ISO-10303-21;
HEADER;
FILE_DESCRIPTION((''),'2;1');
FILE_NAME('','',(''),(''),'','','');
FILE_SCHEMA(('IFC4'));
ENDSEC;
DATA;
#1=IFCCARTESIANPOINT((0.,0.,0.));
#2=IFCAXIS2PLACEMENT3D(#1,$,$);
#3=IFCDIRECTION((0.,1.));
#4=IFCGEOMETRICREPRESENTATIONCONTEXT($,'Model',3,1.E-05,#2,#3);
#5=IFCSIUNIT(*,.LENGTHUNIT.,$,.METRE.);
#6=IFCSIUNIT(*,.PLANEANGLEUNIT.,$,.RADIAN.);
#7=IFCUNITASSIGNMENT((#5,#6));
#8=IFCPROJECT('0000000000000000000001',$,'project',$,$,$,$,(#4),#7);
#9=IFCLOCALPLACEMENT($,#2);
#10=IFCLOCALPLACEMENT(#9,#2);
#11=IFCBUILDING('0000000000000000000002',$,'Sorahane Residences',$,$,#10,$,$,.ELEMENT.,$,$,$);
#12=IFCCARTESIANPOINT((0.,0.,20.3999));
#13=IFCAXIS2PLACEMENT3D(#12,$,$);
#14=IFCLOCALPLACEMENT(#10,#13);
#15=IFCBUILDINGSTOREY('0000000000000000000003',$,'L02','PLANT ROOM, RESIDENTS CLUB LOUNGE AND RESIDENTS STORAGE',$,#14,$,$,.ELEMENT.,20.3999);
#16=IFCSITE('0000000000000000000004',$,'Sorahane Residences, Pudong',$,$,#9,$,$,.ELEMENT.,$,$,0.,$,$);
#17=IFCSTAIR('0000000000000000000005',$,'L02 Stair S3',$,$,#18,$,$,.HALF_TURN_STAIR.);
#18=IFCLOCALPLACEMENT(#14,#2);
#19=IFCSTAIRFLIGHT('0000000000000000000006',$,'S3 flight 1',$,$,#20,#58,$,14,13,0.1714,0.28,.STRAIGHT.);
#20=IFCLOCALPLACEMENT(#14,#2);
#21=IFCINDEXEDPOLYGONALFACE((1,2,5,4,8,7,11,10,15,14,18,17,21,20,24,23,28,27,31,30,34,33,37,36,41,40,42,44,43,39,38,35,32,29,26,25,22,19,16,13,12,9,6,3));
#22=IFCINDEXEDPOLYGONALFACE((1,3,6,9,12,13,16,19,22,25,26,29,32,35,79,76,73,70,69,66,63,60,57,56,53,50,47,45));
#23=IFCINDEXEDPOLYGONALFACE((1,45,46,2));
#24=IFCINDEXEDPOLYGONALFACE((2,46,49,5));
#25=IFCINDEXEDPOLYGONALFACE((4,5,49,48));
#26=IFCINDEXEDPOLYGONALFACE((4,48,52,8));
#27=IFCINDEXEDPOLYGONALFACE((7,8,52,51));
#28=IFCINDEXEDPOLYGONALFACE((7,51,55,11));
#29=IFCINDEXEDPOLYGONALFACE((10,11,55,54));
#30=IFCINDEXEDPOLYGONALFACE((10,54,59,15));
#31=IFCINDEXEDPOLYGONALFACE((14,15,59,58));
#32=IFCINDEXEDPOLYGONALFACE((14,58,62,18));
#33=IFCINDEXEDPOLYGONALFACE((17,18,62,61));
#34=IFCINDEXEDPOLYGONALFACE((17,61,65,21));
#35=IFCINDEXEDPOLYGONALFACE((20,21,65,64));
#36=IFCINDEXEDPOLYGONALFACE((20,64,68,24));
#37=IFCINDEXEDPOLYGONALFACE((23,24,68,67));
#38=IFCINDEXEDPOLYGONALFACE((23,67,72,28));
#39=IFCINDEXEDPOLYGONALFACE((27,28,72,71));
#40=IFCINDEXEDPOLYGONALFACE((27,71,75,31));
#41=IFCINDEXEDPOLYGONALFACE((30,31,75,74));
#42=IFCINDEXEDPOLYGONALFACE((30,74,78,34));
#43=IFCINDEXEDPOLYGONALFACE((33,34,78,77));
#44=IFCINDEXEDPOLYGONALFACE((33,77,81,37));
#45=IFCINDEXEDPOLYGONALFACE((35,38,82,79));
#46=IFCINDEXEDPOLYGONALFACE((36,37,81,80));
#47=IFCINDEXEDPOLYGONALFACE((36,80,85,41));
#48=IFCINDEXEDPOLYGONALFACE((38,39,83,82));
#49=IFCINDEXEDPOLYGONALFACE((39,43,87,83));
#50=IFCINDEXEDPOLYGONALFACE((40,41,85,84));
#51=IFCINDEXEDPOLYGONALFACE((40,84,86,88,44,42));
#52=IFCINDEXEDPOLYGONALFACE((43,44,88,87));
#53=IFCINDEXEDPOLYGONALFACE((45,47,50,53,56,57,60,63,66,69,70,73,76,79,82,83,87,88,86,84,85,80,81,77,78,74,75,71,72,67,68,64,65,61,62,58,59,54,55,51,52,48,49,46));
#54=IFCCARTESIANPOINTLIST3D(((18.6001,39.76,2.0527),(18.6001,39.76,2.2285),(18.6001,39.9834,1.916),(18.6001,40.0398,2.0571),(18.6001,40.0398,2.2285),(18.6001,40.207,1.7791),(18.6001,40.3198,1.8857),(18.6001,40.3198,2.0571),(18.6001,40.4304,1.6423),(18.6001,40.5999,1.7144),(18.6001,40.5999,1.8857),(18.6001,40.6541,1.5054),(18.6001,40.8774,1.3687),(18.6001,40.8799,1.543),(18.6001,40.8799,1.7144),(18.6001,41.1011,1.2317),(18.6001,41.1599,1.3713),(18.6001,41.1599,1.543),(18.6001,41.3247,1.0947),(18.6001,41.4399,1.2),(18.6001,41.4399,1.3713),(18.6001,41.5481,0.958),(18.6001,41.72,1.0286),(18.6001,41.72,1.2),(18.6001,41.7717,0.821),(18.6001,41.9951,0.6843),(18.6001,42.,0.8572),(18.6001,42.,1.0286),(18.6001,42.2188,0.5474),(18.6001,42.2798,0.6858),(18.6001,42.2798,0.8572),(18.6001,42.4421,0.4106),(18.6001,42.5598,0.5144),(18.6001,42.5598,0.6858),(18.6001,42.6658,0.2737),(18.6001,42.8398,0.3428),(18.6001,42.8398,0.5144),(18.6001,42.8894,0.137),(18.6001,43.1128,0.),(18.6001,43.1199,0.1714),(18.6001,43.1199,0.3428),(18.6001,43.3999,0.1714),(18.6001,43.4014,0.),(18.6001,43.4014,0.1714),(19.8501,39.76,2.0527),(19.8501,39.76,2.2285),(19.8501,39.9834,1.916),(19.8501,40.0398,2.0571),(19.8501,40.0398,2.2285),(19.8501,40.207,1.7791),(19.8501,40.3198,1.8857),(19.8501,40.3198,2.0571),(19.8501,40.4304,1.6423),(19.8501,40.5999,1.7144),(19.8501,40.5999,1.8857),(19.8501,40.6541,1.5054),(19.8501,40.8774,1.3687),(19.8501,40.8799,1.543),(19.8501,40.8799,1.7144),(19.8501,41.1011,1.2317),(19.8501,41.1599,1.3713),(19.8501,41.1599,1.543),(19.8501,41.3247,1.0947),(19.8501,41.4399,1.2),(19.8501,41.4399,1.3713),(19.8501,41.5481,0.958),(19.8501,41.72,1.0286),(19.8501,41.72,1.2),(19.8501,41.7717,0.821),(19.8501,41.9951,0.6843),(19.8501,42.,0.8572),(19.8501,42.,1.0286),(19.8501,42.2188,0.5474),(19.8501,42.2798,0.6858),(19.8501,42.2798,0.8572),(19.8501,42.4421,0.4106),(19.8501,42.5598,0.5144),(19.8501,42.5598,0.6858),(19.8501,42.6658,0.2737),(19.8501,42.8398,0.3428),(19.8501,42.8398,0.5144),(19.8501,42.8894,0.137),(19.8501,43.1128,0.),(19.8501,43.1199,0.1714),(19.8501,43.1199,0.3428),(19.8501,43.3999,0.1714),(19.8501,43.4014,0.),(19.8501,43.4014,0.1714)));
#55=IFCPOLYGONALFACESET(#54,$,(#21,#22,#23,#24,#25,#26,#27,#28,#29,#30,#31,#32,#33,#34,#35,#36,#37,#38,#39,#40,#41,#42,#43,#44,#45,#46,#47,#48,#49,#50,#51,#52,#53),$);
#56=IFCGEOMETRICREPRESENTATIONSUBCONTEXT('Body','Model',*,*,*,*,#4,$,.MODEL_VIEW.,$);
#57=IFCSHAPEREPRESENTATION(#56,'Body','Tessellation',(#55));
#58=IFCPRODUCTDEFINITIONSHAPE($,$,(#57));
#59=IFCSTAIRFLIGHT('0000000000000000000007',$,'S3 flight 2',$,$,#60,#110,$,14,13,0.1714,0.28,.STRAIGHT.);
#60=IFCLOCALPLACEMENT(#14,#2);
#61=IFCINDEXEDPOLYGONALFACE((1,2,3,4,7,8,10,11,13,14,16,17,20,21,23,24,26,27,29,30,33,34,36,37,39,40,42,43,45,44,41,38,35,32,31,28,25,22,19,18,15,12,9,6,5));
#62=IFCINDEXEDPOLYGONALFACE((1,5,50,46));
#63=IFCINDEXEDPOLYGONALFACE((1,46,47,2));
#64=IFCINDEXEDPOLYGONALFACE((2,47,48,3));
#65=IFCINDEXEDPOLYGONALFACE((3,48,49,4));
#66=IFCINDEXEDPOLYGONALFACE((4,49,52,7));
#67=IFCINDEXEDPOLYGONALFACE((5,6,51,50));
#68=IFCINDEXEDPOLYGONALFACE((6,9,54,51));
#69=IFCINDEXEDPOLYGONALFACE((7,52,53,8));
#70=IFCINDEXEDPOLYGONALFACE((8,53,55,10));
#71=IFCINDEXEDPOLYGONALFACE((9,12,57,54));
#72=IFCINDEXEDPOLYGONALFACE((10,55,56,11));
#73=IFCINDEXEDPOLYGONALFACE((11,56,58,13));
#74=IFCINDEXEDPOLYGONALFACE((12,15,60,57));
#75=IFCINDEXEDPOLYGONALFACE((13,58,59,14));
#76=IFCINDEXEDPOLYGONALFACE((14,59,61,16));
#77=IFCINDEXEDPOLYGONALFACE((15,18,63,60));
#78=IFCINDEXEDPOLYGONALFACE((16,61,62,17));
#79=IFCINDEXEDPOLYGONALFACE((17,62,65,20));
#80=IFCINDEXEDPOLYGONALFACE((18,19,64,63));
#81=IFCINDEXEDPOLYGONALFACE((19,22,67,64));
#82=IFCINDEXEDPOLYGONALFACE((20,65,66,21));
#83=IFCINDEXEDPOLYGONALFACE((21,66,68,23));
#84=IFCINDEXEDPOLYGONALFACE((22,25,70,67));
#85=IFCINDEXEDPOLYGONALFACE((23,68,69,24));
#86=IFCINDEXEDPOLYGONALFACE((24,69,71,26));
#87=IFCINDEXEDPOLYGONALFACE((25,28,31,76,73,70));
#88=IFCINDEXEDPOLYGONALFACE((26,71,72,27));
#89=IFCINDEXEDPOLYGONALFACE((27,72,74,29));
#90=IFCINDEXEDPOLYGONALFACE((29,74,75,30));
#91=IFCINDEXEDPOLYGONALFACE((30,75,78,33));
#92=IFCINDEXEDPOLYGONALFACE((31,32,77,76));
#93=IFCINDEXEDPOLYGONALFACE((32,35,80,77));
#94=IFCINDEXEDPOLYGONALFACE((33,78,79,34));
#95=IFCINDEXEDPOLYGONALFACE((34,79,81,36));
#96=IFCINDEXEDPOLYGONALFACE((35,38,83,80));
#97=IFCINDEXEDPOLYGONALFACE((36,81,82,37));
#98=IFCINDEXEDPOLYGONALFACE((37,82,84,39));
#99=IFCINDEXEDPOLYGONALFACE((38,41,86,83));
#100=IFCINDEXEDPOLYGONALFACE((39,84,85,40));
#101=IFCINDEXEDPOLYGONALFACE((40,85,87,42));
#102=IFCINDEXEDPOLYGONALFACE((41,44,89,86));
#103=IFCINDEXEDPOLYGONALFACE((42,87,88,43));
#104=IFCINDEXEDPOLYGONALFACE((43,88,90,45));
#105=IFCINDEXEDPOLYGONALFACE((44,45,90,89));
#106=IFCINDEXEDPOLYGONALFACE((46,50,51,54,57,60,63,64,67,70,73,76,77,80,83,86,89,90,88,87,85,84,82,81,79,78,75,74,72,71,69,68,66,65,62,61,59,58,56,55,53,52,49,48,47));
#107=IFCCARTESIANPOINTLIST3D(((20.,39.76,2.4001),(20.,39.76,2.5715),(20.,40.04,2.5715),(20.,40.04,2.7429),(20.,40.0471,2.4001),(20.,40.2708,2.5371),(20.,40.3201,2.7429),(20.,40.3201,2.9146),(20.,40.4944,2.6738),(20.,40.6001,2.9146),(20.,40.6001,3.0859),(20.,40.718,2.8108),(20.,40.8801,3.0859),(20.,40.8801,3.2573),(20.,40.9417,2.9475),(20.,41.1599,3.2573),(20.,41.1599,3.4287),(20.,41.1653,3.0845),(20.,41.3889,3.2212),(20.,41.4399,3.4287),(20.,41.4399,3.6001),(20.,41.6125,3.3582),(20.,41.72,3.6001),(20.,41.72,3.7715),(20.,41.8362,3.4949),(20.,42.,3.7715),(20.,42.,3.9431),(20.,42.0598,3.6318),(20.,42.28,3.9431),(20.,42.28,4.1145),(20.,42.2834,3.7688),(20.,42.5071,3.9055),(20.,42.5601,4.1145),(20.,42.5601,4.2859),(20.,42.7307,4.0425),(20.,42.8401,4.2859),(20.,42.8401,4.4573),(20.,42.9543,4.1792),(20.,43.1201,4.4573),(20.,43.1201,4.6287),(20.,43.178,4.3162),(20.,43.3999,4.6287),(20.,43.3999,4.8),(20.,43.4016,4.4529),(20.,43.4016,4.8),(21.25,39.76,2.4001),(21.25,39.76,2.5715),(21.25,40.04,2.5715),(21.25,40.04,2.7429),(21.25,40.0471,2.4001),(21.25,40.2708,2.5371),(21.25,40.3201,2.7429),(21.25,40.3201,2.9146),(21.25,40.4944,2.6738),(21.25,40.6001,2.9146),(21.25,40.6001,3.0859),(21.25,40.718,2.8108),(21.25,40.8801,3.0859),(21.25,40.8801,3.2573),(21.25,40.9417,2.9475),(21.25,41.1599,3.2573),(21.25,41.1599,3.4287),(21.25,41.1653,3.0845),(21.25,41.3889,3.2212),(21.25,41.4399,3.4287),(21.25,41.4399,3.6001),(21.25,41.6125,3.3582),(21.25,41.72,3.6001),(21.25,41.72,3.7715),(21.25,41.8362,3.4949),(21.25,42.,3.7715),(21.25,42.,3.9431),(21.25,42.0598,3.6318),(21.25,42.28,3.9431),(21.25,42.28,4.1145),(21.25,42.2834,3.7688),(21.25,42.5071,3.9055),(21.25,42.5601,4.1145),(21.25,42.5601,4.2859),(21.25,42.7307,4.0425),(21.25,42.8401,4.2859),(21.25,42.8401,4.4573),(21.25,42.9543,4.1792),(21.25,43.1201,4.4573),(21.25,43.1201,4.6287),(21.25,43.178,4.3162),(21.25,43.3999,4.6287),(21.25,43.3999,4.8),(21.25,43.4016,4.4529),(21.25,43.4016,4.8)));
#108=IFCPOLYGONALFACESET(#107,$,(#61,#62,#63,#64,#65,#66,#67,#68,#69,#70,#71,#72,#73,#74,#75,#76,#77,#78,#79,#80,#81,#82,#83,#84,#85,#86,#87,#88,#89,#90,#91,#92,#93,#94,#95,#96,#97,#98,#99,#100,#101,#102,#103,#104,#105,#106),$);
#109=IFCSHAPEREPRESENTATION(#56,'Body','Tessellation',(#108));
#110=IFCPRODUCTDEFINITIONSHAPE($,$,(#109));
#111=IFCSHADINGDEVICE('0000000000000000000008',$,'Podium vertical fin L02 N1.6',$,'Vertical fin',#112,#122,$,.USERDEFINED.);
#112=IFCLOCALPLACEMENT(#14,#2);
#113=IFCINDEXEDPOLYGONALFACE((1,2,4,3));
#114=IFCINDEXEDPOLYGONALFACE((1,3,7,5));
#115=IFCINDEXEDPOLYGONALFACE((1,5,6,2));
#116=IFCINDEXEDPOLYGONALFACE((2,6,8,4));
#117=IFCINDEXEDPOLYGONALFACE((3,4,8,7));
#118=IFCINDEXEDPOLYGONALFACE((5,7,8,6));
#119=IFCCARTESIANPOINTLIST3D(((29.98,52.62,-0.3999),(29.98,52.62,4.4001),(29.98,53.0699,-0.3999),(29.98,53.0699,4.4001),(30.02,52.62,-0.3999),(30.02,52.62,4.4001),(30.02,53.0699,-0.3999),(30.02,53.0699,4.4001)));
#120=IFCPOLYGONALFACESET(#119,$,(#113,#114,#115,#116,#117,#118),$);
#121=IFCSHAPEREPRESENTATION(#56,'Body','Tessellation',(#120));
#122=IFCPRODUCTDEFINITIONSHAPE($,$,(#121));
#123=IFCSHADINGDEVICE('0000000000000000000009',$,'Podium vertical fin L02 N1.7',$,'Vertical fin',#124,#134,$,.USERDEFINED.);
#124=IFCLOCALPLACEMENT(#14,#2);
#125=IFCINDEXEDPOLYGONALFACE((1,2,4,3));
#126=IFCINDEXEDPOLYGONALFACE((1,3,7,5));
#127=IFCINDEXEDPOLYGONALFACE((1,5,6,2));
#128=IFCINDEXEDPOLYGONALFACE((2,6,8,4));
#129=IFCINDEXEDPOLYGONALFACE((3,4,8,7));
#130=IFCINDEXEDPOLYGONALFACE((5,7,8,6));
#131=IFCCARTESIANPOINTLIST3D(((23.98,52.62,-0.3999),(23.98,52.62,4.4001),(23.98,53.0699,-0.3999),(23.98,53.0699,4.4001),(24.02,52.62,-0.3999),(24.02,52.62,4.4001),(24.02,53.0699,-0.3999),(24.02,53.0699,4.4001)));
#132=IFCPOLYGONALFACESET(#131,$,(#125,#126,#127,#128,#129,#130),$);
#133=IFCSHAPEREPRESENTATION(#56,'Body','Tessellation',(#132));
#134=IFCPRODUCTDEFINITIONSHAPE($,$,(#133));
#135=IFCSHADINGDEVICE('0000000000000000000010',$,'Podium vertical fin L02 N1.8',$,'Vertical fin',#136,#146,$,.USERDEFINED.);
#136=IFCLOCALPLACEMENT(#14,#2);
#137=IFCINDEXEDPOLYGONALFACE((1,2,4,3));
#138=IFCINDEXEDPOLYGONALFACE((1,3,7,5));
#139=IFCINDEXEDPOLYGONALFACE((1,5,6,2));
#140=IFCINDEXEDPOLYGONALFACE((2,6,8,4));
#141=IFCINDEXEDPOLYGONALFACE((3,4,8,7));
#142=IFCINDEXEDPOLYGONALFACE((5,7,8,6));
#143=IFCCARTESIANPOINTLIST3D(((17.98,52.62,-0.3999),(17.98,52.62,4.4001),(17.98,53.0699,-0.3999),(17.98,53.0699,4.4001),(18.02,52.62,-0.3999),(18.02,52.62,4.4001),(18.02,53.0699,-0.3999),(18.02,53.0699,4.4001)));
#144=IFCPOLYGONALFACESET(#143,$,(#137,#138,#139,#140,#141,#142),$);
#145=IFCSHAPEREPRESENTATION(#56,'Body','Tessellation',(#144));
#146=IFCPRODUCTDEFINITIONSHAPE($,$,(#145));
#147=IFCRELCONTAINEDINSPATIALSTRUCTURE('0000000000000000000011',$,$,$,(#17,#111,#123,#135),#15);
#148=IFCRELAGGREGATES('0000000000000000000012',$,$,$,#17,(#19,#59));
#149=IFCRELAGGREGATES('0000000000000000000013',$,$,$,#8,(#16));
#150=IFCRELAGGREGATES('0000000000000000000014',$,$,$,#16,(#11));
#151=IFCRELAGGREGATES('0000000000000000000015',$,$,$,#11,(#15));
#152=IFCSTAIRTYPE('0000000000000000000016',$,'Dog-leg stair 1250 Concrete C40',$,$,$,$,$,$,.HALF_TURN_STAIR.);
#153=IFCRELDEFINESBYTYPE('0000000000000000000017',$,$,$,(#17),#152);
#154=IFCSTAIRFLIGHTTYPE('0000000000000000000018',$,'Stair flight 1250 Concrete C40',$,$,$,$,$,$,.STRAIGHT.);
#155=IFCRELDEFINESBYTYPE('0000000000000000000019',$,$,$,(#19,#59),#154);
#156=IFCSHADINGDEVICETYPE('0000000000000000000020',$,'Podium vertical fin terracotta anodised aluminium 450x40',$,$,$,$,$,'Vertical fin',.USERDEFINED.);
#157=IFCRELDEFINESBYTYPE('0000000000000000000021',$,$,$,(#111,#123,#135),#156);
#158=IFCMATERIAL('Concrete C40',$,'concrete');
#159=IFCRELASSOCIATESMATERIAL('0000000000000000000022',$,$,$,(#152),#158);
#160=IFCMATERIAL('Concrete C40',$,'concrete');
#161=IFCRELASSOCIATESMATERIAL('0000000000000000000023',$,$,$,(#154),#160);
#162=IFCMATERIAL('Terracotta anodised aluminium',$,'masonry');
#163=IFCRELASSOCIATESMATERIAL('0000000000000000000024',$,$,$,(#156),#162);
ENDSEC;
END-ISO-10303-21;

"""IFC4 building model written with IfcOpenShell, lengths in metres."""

from ifc_helpers import new_model, si_unit, direction, frame, origin, origin_2d, place, context, subcontext, project, spatial, polyline, rectangle, outline, extrude, material, material_profile, profile_set, type_object, element, aggregate, save


model = new_model("IFC4")

# Units and contexts
model_context = context("Model", 3, precision=1e-05, world=origin(), true_north=direction((0.0, 1.0)))
body_context = subcontext(model_context, "Body", "Model", "MODEL_VIEW")
ifc_project = project(units=[si_unit("LENGTHUNIT", "METRE"), si_unit("PLANEANGLEUNIT", "RADIAN")], contexts=[model_context])

# Site, building, storey
site_placement = place(None, origin())
site = spatial("IfcSite", under=ifc_project, at=site_placement, Name="Sorahane Residences, Pudong", CompositionType="ELEMENT", RefElevation=0.0)
building_placement = place(site_placement, origin())
building = spatial("IfcBuilding", under=site, at=building_placement, Name="Sorahane Residences", CompositionType="ELEMENT")
storey_placement = place(building_placement, frame((0.0, 0.0, 20.3999)))
storey = spatial("IfcBuildingStorey", under=building, at=storey_placement, Name="L02", Description="PLANT ROOM, RESIDENTS CLUB LOUNGE AND RESIDENTS STORAGE", CompositionType="ELEMENT", Elevation=20.3999)

# Stair, stair flights
ifc_material_1 = material(Name="Concrete C40", Category="concrete")
stair_type = type_object("IfcStairType", Name="Dog-leg stair 1250 Concrete C40", PredefinedType="HALF_TURN_STAIR", material=ifc_material_1)
stair_placement = place(storey_placement, origin())
stair = element("IfcStair", 1, at=stair_placement, inside=storey, type_object=stair_type, Name="L02 Stair S3", PredefinedType="HALF_TURN_STAIR")
ifc_material_2 = material(Name="Concrete C40", Category="concrete")
stair_flight_type = type_object("IfcStairFlightType", Name="Stair flight 1250 Concrete C40", PredefinedType="STRAIGHT", material=ifc_material_2)
stair_flight_1_placement = place(storey_placement, frame((19.2251, 43.3999, 0.0), z_axis=(0.0, 0.0, 1.0), x_axis=(0.0, -1.0, 0.0)))
stair_flight_1 = element("IfcStairFlight", 2, at=stair_flight_1_placement, type_object=stair_flight_type, Name="S3 flight 1", NumberOfRisers=14, NumberOfTreads=13, PredefinedType="STRAIGHT", RiserHeight=0.1714, TreadLength=0.28, context=body_context, shape_type="SweptSolid", body=[
    extrude(outline(polyline([(-0.0015, 0.0), (-0.0015, 0.1714), (0.0, 0.1714), (0.28, 0.1714), (0.28, 0.3428), (0.5601, 0.3428), (0.5601, 0.5144), (0.8401, 0.5144), (0.8401, 0.6858), (1.1201, 0.6858), (1.1201, 0.8572), (1.3999, 0.8572), (1.3999, 1.0286), (1.6799, 1.0286), (1.6799, 1.2), (1.96, 1.2), (1.96, 1.3713), (2.24, 1.3713), (2.24, 1.543), (2.52, 1.543), (2.52, 1.7144), (2.8, 1.7144), (2.8, 1.8857), (3.0801, 1.8857), (3.0801, 2.0571), (3.3601, 2.0571), (3.3601, 2.2285), (3.6399, 2.2285), (3.6399, 2.3999), (3.6399, 2.0527), (3.4165, 1.916), (3.1929, 1.7791), (2.9695, 1.6423), (2.7458, 1.5054), (2.5225, 1.3687), (2.2988, 1.2317), (2.0752, 1.0947), (1.8518, 0.958), (1.6282, 0.821), (1.4048, 0.6843), (1.1812, 0.5474), (0.9578, 0.4106), (0.7341, 0.2737), (0.5105, 0.137), (0.2871, 0.0), (-0.0015, 0.0)])), frame((0.0, 0.625, 0.0), z_axis=(0.0, -1.0, 0.0), x_axis=(1.0, 0.0, 0.0)), (0.0, 0.0, 1.0), 1.25),
])
stair_flight_2_placement = place(storey_placement, frame((20.625, 39.76, 2.4001), z_axis=(0.0, 0.0, 1.0), x_axis=(0.0, 1.0, 0.0)))
stair_flight_2 = element("IfcStairFlight", 3, at=stair_flight_2_placement, type_object=stair_flight_type, Name="S3 flight 2", NumberOfRisers=14, NumberOfTreads=13, PredefinedType="STRAIGHT", RiserHeight=0.1714, TreadLength=0.28, context=body_context, shape_type="SweptSolid", body=[
    extrude(outline(polyline([(0.0, 0.0), (0.0, 0.1714), (0.28, 0.1714), (0.28, 0.3428), (0.5601, 0.3428), (0.5601, 0.5144), (0.8401, 0.5144), (0.8401, 0.6858), (1.1201, 0.6858), (1.1201, 0.8572), (1.3999, 0.8572), (1.3999, 1.0286), (1.6799, 1.0286), (1.6799, 1.2), (1.96, 1.2), (1.96, 1.3713), (2.24, 1.3713), (2.24, 1.543), (2.52, 1.543), (2.52, 1.7144), (2.8, 1.7144), (2.8, 1.8857), (3.0801, 1.8857), (3.0801, 2.0571), (3.3601, 2.0571), (3.3601, 2.2285), (3.6399, 2.2285), (3.6399, 2.3999), (3.6416, 2.3999), (3.6416, 2.0527), (3.418, 1.916), (3.1943, 1.7791), (2.9707, 1.6423), (2.7471, 1.5054), (2.5234, 1.3687), (2.2998, 1.2317), (2.0762, 1.0947), (1.8525, 0.958), (1.6289, 0.821), (1.4053, 0.6843), (1.1816, 0.5474), (0.958, 0.4106), (0.7344, 0.2737), (0.5107, 0.137), (0.2871, 0.0), (0.0, 0.0)])), frame((0.0, 0.625, 0.0), z_axis=(0.0, -1.0, 0.0), x_axis=(1.0, 0.0, 0.0)), (0.0, 0.0, 1.0), 1.25),
])
aggregate(stair, [stair_flight_1, stair_flight_2])

# Shading devices
ifc_material_3 = material(Name="Terracotta anodised aluminium", Category="masonry")
ifc_material_profile_1 = material_profile(ifc_material_3, rectangle(XDim=0.45, YDim=0.04, at=origin_2d()), Name="Podium vertical fin terracotta anodised aluminium 450x40")
ifc_profile_set_1 = profile_set([ifc_material_profile_1], Name="Terracotta anodised aluminium")
shading_device_type = type_object("IfcShadingDeviceType", Name="Podium vertical fin terracotta anodised aluminium 450x40", ElementType="Vertical fin", PredefinedType="USERDEFINED", material=ifc_profile_set_1)
for number, where, z_axis, x_axis, name in (
    (4, (30.0, 52.845, -0.3999), (0.0, 0.0, 1.0), (0.0, 1.0, 0.0), "Podium vertical fin L02 N1.6"),
    (5, (24.0, 52.845, -0.3999), (0.0, 0.0, 1.0), (0.0, 1.0, 0.0), "Podium vertical fin L02 N1.7"),
    (6, (18.0, 52.845, -0.3999), (0.0, 0.0, 1.0), (0.0, 1.0, 0.0), "Podium vertical fin L02 N1.8"),
):
    element("IfcShadingDevice", number, at=place(storey_placement, frame(where, z_axis=z_axis, x_axis=x_axis)), inside=storey, type_object=shading_device_type, Name=name, ObjectType="Vertical fin", PredefinedType="USERDEFINED", context=body_context, shape_type="SweptSolid", body=[
        extrude(rectangle(XDim=0.45, YDim=0.04, at=origin_2d()), origin(), (0.0, 0.0, 1.0), 4.8),
    ])

save(model, "model.ifc")
